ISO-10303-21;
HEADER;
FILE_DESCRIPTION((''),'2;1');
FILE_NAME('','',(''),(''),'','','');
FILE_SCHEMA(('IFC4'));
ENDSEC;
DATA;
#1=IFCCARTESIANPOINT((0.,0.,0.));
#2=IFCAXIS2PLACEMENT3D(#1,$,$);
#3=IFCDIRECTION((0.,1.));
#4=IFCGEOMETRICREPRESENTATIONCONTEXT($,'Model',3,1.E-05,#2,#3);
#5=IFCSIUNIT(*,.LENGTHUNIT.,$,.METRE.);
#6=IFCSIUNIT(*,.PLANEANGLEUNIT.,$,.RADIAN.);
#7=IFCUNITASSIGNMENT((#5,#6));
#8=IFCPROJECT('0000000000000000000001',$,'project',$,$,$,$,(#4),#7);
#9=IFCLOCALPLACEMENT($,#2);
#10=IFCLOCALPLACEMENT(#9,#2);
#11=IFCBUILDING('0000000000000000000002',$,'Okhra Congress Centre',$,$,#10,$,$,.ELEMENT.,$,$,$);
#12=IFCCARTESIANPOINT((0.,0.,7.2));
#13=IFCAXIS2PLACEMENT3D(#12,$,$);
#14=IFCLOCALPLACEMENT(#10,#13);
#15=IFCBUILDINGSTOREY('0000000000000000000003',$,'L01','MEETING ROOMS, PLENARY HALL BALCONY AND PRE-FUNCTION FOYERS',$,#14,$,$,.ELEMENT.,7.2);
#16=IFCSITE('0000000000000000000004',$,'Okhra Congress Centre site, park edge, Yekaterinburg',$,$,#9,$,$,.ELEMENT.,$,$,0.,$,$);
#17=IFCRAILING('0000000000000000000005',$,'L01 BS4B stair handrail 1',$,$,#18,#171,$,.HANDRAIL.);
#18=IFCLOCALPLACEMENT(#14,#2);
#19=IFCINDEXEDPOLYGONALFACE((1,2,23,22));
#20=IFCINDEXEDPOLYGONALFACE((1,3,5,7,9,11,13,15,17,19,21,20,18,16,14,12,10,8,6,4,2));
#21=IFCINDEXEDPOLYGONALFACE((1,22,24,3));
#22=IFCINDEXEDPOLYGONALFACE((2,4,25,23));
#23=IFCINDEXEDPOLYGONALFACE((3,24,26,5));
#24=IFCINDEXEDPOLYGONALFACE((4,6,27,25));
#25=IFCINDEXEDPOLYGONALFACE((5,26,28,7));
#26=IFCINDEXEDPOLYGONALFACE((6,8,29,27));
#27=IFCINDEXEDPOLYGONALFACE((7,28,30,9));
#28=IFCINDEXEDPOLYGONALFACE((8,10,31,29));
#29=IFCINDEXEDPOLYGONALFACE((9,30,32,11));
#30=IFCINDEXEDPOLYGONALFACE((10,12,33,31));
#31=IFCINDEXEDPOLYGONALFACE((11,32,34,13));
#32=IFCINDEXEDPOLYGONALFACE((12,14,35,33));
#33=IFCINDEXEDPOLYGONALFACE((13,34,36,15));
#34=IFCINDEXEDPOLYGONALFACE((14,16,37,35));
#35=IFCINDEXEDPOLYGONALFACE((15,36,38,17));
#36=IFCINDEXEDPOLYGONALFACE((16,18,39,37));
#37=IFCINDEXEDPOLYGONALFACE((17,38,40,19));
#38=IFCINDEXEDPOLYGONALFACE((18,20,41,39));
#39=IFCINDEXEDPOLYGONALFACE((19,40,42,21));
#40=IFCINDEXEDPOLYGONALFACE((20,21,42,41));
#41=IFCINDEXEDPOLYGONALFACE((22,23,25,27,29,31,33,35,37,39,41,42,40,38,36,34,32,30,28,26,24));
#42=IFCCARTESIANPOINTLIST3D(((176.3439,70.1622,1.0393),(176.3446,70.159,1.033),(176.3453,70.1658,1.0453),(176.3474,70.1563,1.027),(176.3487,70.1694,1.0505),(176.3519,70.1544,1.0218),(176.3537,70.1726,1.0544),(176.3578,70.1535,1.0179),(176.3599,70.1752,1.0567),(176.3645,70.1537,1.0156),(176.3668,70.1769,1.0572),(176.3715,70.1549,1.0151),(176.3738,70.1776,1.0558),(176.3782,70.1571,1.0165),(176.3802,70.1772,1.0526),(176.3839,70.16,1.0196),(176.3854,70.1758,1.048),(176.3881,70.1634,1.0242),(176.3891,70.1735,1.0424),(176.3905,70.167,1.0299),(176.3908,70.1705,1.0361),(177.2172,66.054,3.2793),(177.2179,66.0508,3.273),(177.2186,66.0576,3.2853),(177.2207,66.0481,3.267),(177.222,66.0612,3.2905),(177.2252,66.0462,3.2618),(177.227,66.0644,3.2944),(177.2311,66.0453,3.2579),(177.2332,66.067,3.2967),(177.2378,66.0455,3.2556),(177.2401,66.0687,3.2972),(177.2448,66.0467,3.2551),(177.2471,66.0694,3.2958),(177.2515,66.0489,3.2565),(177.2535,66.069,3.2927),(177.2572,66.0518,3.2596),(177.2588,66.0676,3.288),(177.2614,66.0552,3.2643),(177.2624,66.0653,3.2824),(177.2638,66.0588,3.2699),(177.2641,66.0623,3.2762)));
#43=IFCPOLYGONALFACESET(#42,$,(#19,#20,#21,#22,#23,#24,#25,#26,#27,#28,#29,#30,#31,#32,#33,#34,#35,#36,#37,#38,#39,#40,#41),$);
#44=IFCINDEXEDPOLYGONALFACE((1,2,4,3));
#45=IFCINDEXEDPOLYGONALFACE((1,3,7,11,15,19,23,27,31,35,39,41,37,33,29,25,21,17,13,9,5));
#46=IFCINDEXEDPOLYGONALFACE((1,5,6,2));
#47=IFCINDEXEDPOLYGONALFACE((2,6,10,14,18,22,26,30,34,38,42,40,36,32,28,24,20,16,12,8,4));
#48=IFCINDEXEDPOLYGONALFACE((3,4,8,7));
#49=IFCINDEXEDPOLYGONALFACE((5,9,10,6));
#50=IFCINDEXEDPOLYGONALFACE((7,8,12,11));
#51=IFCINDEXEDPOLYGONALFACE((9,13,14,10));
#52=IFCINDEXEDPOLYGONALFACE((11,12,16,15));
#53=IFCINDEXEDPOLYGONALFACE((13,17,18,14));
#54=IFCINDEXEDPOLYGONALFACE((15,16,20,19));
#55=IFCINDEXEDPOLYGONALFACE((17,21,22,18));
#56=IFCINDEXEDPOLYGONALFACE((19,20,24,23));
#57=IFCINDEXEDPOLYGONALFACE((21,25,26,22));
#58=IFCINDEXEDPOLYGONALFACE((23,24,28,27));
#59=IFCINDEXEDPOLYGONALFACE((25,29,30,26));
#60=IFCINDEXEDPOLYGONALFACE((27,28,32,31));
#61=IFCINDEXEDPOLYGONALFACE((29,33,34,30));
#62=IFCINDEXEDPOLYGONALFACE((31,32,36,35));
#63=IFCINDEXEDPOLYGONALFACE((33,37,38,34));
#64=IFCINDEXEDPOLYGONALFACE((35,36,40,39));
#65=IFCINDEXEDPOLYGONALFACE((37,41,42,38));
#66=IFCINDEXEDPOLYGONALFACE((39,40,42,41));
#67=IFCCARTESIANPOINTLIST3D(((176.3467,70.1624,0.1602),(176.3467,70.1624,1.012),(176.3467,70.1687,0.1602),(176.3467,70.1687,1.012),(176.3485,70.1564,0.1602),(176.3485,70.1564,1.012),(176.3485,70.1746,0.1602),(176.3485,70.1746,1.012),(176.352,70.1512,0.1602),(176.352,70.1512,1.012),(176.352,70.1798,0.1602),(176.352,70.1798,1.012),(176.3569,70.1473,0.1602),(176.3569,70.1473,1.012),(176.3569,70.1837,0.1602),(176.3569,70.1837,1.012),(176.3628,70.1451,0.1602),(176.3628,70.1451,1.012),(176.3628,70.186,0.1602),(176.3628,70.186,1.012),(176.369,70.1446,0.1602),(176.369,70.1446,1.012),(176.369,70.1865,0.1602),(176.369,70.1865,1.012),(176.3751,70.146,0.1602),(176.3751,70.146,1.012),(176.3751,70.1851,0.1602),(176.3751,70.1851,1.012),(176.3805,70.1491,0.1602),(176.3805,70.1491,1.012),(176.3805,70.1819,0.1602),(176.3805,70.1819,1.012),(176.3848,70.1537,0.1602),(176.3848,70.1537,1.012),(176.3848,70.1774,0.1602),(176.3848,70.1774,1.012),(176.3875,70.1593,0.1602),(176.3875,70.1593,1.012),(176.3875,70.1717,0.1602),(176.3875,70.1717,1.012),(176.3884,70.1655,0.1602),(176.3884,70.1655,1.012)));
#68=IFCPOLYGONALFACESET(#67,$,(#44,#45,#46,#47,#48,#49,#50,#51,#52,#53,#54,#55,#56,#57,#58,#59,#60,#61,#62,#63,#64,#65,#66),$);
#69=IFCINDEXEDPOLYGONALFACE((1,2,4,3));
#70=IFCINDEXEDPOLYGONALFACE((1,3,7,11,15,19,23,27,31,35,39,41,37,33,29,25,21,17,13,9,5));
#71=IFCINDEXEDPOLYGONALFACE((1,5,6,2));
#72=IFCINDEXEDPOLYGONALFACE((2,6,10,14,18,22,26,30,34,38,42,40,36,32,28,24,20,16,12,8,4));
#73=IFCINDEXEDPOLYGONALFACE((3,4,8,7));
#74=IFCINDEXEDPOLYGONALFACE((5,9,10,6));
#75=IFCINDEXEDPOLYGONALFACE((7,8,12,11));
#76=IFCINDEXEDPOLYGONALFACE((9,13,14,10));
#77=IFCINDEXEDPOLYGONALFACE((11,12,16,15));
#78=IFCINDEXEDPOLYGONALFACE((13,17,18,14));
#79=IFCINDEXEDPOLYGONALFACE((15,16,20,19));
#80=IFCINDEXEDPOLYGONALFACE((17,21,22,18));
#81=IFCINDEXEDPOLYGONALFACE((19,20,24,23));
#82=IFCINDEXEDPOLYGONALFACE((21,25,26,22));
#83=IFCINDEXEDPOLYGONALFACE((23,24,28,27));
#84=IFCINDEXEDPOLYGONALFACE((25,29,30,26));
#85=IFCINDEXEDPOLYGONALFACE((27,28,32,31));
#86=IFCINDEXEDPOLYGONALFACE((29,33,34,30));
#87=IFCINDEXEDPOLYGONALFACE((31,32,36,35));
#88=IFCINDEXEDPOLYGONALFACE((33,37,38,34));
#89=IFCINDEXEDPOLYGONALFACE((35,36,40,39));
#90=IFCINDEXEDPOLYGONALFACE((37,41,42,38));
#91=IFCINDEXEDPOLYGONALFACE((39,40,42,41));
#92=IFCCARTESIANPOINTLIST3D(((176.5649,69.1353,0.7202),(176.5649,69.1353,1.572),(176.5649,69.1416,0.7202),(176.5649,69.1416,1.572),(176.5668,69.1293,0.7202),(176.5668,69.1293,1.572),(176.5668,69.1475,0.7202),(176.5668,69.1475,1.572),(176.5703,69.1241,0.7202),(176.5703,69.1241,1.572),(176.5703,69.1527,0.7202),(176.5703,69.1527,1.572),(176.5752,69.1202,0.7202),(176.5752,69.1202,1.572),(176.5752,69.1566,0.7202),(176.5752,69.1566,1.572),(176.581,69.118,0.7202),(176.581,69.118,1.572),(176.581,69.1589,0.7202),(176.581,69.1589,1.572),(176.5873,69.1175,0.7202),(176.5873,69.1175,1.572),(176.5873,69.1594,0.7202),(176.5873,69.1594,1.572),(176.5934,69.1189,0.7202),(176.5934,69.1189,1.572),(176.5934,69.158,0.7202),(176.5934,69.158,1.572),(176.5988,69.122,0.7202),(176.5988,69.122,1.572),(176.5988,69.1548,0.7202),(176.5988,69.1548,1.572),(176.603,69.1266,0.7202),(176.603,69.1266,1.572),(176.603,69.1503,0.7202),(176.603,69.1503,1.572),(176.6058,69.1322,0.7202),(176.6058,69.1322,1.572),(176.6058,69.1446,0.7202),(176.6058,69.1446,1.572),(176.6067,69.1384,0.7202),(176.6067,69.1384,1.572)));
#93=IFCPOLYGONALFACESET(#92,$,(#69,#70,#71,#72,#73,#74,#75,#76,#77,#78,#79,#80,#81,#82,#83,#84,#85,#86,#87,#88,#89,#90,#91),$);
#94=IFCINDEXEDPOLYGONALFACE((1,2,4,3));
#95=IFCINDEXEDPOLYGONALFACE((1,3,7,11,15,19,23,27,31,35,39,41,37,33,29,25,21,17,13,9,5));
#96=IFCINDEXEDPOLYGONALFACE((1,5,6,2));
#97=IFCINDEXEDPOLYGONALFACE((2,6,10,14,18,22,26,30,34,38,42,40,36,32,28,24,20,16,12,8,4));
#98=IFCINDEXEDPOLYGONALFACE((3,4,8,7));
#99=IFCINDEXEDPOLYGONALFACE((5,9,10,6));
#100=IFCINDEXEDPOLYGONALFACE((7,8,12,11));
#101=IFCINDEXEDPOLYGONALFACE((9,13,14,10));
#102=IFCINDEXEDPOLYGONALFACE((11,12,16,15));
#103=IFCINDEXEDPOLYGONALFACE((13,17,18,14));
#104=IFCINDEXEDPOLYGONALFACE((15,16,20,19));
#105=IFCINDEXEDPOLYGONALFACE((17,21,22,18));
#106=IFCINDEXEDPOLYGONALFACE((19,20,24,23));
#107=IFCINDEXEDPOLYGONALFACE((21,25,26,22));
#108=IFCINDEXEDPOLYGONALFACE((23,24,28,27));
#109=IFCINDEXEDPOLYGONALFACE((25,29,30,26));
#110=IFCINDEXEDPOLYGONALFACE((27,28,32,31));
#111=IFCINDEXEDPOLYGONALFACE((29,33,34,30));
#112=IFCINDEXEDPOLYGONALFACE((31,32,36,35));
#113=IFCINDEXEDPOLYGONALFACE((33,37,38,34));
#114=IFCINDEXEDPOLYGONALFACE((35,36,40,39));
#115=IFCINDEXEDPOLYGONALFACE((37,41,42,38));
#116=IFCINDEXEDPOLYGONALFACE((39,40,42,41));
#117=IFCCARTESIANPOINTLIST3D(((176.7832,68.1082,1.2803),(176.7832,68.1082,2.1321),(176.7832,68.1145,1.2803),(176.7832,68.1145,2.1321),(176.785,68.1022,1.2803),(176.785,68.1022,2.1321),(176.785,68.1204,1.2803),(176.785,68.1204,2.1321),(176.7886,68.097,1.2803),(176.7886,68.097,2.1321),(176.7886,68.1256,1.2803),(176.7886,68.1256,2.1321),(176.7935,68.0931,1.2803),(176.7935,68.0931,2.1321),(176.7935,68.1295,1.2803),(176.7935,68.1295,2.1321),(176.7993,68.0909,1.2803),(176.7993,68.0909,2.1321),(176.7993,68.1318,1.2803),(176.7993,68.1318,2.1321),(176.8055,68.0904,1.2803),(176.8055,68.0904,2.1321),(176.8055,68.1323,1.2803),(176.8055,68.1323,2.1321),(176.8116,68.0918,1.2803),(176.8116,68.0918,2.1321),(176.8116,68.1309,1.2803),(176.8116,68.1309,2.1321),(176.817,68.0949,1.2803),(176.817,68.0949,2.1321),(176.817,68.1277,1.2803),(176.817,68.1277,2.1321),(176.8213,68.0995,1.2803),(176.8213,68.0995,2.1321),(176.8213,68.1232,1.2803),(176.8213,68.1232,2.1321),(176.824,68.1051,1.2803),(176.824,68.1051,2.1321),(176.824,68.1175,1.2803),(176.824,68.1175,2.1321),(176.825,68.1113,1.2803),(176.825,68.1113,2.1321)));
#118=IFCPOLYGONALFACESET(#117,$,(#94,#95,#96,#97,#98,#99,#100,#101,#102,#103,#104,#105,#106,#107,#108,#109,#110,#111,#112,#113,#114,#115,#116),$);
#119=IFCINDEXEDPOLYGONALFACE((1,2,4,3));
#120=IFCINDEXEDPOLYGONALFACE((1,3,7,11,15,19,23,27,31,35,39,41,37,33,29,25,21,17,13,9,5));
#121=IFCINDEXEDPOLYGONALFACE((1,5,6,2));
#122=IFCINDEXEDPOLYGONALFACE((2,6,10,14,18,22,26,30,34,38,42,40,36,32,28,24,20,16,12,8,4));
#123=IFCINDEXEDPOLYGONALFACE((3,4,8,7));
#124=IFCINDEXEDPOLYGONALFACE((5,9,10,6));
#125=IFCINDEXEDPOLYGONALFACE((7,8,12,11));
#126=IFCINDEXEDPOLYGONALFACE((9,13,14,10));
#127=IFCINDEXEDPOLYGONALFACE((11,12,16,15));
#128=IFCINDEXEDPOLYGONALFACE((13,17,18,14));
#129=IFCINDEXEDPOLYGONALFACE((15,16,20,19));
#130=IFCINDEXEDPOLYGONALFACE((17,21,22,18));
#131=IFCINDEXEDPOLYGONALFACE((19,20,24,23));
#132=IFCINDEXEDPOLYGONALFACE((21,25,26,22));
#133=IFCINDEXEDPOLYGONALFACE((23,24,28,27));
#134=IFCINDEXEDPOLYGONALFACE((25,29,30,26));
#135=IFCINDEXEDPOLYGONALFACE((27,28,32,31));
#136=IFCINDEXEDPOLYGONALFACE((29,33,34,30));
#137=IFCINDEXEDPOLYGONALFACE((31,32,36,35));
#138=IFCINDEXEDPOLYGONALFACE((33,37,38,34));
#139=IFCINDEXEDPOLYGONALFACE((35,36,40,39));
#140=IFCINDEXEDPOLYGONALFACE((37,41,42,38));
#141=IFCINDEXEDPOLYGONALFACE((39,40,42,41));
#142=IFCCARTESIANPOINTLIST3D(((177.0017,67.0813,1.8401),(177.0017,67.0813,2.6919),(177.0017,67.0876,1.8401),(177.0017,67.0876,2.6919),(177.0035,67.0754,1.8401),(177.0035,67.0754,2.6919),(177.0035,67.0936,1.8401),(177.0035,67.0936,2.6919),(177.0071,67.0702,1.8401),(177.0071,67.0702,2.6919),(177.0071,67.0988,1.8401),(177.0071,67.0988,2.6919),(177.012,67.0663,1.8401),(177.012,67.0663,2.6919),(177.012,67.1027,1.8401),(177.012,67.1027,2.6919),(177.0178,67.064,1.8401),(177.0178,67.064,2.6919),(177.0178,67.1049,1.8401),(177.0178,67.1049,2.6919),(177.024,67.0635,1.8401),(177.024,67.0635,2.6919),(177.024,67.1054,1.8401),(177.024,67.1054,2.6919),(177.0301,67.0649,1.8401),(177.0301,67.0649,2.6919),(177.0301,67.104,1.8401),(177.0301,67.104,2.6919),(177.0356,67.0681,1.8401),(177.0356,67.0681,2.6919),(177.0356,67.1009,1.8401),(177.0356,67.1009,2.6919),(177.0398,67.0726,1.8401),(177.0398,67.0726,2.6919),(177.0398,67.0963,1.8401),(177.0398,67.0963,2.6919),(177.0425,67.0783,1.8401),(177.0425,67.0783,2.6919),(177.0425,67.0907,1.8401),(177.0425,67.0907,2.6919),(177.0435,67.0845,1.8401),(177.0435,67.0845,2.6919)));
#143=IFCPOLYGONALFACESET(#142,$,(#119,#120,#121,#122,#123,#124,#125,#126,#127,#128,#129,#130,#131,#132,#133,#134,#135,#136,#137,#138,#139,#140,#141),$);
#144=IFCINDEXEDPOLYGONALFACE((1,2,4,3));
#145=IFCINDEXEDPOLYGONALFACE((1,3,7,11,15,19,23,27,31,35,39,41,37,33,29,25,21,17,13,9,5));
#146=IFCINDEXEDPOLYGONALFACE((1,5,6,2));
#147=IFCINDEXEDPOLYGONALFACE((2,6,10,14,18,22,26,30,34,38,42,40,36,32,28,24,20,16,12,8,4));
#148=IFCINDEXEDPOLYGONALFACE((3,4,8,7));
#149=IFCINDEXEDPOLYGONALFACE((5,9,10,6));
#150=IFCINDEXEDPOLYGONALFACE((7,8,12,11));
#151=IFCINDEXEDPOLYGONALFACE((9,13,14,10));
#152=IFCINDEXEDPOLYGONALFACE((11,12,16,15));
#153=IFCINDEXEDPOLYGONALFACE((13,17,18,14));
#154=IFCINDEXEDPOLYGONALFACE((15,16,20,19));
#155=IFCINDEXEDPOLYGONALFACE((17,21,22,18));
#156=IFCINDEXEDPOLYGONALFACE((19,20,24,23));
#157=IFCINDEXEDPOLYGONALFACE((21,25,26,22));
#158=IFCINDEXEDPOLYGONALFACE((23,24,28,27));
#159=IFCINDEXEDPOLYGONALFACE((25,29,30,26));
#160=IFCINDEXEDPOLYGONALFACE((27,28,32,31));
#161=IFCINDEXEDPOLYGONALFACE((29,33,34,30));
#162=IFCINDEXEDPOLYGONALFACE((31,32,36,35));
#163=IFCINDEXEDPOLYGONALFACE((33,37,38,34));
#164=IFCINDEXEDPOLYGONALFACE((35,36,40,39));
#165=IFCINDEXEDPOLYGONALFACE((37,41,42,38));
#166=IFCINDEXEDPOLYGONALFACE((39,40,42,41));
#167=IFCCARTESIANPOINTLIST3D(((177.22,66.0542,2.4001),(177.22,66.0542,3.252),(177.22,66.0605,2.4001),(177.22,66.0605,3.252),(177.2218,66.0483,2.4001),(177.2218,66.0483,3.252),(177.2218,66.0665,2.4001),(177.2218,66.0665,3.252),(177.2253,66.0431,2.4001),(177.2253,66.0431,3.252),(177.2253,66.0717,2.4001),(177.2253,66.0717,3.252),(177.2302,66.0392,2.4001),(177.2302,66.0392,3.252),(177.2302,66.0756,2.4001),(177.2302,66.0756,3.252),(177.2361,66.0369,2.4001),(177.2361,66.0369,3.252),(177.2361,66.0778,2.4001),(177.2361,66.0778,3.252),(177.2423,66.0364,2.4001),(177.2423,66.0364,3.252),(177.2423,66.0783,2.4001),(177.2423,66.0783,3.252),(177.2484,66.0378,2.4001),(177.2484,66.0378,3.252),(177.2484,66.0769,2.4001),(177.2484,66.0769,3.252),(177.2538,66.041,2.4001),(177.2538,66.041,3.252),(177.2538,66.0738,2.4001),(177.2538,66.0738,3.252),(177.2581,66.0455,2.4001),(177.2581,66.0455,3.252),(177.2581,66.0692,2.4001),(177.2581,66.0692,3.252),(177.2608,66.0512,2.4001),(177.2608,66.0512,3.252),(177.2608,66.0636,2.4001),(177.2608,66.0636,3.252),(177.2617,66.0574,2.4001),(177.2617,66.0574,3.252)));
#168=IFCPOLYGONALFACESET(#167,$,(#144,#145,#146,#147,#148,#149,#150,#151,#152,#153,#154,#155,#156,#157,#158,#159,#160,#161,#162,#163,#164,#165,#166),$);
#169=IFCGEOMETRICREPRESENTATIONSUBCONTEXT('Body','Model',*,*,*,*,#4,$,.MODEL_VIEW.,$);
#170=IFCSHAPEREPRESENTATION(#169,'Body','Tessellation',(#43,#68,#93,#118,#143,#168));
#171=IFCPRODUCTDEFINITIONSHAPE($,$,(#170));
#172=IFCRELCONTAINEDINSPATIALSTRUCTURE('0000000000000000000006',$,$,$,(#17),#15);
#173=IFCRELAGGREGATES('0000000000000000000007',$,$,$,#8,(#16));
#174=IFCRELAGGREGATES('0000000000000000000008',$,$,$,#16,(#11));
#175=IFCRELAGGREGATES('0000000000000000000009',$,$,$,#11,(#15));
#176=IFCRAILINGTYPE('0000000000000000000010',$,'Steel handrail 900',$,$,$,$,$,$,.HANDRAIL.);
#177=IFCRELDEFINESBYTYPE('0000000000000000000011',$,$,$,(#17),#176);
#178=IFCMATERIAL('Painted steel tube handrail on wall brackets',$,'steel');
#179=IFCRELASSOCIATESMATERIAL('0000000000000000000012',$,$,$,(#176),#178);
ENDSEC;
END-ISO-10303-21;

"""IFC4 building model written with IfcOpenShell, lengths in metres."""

from ifc_helpers import new_model, si_unit, direction, frame, origin, origin_2d, place, context, subcontext, project, spatial, circle, extrude, material, type_object, element, save


model = new_model("IFC4")

# Units and contexts
model_context = context("Model", 3, precision=1e-05, world=origin(), true_north=direction((0.0, 1.0)))
body_context = subcontext(model_context, "Body", "Model", "MODEL_VIEW")
ifc_project = project(units=[si_unit("LENGTHUNIT", "METRE"), si_unit("PLANEANGLEUNIT", "RADIAN")], contexts=[model_context])

# Site, building, storey
site_placement = place(None, origin())
site = spatial("IfcSite", under=ifc_project, at=site_placement, Name="Okhra Congress Centre site, park edge, Yekaterinburg", CompositionType="ELEMENT", RefElevation=0.0)
building_placement = place(site_placement, origin())
building = spatial("IfcBuilding", under=site, at=building_placement, Name="Okhra Congress Centre", CompositionType="ELEMENT")
storey_placement = place(building_placement, frame((0.0, 0.0, 7.2)))
storey = spatial("IfcBuildingStorey", under=building, at=storey_placement, Name="L01", Description="MEETING ROOMS, PLENARY HALL BALCONY AND PRE-FUNCTION FOYERS", CompositionType="ELEMENT", Elevation=7.2)

# Railing
ifc_material_1 = material(Name="Painted steel tube handrail on wall brackets", Category="steel")
railing_type_1 = type_object("IfcRailingType", Name="Steel handrail 900", PredefinedType="HANDRAIL", material=ifc_material_1)
railing_1_placement = place(storey_placement, frame((176.3674, 70.1655, 0.1602)))
element("IfcRailing", 1, at=railing_1_placement, inside=storey, type_object=railing_type_1, Name="L01 BS4B stair handrail 1", PredefinedType="HANDRAIL", context=body_context, shape_type="SweptSolid", body=[
    extrude(circle(Radius=0.0239, at=origin_2d()), frame((0.0, 0.0, 0.876), z_axis=(0.183466, -0.863067, 0.470591), x_axis=(0.978144, 0.207929, 0.0)), (0.0, 0.0, 1.0), 4.76),
    extrude(circle(Radius=0.021, at=origin_2d()), origin(), (0.0, 0.0, 1.0), 0.8518),
    extrude(circle(Radius=0.021, at=origin_2d()), frame((0.2183, -1.0271, 0.5601)), (0.0, 0.0, 1.0), 0.8518),
    extrude(circle(Radius=0.021, at=origin_2d()), frame((0.4365, -2.0542, 1.1201)), (0.0, 0.0, 1.0), 0.8518),
    extrude(circle(Radius=0.021, at=origin_2d()), frame((0.655, -3.0811, 1.6799)), (0.0, 0.0, 1.0), 0.8518),
    extrude(circle(Radius=0.021, at=origin_2d()), frame((0.8733, -4.1082, 2.24)), (0.0, 0.0, 1.0), 0.8518),
])

save(model, "model.ifc")
